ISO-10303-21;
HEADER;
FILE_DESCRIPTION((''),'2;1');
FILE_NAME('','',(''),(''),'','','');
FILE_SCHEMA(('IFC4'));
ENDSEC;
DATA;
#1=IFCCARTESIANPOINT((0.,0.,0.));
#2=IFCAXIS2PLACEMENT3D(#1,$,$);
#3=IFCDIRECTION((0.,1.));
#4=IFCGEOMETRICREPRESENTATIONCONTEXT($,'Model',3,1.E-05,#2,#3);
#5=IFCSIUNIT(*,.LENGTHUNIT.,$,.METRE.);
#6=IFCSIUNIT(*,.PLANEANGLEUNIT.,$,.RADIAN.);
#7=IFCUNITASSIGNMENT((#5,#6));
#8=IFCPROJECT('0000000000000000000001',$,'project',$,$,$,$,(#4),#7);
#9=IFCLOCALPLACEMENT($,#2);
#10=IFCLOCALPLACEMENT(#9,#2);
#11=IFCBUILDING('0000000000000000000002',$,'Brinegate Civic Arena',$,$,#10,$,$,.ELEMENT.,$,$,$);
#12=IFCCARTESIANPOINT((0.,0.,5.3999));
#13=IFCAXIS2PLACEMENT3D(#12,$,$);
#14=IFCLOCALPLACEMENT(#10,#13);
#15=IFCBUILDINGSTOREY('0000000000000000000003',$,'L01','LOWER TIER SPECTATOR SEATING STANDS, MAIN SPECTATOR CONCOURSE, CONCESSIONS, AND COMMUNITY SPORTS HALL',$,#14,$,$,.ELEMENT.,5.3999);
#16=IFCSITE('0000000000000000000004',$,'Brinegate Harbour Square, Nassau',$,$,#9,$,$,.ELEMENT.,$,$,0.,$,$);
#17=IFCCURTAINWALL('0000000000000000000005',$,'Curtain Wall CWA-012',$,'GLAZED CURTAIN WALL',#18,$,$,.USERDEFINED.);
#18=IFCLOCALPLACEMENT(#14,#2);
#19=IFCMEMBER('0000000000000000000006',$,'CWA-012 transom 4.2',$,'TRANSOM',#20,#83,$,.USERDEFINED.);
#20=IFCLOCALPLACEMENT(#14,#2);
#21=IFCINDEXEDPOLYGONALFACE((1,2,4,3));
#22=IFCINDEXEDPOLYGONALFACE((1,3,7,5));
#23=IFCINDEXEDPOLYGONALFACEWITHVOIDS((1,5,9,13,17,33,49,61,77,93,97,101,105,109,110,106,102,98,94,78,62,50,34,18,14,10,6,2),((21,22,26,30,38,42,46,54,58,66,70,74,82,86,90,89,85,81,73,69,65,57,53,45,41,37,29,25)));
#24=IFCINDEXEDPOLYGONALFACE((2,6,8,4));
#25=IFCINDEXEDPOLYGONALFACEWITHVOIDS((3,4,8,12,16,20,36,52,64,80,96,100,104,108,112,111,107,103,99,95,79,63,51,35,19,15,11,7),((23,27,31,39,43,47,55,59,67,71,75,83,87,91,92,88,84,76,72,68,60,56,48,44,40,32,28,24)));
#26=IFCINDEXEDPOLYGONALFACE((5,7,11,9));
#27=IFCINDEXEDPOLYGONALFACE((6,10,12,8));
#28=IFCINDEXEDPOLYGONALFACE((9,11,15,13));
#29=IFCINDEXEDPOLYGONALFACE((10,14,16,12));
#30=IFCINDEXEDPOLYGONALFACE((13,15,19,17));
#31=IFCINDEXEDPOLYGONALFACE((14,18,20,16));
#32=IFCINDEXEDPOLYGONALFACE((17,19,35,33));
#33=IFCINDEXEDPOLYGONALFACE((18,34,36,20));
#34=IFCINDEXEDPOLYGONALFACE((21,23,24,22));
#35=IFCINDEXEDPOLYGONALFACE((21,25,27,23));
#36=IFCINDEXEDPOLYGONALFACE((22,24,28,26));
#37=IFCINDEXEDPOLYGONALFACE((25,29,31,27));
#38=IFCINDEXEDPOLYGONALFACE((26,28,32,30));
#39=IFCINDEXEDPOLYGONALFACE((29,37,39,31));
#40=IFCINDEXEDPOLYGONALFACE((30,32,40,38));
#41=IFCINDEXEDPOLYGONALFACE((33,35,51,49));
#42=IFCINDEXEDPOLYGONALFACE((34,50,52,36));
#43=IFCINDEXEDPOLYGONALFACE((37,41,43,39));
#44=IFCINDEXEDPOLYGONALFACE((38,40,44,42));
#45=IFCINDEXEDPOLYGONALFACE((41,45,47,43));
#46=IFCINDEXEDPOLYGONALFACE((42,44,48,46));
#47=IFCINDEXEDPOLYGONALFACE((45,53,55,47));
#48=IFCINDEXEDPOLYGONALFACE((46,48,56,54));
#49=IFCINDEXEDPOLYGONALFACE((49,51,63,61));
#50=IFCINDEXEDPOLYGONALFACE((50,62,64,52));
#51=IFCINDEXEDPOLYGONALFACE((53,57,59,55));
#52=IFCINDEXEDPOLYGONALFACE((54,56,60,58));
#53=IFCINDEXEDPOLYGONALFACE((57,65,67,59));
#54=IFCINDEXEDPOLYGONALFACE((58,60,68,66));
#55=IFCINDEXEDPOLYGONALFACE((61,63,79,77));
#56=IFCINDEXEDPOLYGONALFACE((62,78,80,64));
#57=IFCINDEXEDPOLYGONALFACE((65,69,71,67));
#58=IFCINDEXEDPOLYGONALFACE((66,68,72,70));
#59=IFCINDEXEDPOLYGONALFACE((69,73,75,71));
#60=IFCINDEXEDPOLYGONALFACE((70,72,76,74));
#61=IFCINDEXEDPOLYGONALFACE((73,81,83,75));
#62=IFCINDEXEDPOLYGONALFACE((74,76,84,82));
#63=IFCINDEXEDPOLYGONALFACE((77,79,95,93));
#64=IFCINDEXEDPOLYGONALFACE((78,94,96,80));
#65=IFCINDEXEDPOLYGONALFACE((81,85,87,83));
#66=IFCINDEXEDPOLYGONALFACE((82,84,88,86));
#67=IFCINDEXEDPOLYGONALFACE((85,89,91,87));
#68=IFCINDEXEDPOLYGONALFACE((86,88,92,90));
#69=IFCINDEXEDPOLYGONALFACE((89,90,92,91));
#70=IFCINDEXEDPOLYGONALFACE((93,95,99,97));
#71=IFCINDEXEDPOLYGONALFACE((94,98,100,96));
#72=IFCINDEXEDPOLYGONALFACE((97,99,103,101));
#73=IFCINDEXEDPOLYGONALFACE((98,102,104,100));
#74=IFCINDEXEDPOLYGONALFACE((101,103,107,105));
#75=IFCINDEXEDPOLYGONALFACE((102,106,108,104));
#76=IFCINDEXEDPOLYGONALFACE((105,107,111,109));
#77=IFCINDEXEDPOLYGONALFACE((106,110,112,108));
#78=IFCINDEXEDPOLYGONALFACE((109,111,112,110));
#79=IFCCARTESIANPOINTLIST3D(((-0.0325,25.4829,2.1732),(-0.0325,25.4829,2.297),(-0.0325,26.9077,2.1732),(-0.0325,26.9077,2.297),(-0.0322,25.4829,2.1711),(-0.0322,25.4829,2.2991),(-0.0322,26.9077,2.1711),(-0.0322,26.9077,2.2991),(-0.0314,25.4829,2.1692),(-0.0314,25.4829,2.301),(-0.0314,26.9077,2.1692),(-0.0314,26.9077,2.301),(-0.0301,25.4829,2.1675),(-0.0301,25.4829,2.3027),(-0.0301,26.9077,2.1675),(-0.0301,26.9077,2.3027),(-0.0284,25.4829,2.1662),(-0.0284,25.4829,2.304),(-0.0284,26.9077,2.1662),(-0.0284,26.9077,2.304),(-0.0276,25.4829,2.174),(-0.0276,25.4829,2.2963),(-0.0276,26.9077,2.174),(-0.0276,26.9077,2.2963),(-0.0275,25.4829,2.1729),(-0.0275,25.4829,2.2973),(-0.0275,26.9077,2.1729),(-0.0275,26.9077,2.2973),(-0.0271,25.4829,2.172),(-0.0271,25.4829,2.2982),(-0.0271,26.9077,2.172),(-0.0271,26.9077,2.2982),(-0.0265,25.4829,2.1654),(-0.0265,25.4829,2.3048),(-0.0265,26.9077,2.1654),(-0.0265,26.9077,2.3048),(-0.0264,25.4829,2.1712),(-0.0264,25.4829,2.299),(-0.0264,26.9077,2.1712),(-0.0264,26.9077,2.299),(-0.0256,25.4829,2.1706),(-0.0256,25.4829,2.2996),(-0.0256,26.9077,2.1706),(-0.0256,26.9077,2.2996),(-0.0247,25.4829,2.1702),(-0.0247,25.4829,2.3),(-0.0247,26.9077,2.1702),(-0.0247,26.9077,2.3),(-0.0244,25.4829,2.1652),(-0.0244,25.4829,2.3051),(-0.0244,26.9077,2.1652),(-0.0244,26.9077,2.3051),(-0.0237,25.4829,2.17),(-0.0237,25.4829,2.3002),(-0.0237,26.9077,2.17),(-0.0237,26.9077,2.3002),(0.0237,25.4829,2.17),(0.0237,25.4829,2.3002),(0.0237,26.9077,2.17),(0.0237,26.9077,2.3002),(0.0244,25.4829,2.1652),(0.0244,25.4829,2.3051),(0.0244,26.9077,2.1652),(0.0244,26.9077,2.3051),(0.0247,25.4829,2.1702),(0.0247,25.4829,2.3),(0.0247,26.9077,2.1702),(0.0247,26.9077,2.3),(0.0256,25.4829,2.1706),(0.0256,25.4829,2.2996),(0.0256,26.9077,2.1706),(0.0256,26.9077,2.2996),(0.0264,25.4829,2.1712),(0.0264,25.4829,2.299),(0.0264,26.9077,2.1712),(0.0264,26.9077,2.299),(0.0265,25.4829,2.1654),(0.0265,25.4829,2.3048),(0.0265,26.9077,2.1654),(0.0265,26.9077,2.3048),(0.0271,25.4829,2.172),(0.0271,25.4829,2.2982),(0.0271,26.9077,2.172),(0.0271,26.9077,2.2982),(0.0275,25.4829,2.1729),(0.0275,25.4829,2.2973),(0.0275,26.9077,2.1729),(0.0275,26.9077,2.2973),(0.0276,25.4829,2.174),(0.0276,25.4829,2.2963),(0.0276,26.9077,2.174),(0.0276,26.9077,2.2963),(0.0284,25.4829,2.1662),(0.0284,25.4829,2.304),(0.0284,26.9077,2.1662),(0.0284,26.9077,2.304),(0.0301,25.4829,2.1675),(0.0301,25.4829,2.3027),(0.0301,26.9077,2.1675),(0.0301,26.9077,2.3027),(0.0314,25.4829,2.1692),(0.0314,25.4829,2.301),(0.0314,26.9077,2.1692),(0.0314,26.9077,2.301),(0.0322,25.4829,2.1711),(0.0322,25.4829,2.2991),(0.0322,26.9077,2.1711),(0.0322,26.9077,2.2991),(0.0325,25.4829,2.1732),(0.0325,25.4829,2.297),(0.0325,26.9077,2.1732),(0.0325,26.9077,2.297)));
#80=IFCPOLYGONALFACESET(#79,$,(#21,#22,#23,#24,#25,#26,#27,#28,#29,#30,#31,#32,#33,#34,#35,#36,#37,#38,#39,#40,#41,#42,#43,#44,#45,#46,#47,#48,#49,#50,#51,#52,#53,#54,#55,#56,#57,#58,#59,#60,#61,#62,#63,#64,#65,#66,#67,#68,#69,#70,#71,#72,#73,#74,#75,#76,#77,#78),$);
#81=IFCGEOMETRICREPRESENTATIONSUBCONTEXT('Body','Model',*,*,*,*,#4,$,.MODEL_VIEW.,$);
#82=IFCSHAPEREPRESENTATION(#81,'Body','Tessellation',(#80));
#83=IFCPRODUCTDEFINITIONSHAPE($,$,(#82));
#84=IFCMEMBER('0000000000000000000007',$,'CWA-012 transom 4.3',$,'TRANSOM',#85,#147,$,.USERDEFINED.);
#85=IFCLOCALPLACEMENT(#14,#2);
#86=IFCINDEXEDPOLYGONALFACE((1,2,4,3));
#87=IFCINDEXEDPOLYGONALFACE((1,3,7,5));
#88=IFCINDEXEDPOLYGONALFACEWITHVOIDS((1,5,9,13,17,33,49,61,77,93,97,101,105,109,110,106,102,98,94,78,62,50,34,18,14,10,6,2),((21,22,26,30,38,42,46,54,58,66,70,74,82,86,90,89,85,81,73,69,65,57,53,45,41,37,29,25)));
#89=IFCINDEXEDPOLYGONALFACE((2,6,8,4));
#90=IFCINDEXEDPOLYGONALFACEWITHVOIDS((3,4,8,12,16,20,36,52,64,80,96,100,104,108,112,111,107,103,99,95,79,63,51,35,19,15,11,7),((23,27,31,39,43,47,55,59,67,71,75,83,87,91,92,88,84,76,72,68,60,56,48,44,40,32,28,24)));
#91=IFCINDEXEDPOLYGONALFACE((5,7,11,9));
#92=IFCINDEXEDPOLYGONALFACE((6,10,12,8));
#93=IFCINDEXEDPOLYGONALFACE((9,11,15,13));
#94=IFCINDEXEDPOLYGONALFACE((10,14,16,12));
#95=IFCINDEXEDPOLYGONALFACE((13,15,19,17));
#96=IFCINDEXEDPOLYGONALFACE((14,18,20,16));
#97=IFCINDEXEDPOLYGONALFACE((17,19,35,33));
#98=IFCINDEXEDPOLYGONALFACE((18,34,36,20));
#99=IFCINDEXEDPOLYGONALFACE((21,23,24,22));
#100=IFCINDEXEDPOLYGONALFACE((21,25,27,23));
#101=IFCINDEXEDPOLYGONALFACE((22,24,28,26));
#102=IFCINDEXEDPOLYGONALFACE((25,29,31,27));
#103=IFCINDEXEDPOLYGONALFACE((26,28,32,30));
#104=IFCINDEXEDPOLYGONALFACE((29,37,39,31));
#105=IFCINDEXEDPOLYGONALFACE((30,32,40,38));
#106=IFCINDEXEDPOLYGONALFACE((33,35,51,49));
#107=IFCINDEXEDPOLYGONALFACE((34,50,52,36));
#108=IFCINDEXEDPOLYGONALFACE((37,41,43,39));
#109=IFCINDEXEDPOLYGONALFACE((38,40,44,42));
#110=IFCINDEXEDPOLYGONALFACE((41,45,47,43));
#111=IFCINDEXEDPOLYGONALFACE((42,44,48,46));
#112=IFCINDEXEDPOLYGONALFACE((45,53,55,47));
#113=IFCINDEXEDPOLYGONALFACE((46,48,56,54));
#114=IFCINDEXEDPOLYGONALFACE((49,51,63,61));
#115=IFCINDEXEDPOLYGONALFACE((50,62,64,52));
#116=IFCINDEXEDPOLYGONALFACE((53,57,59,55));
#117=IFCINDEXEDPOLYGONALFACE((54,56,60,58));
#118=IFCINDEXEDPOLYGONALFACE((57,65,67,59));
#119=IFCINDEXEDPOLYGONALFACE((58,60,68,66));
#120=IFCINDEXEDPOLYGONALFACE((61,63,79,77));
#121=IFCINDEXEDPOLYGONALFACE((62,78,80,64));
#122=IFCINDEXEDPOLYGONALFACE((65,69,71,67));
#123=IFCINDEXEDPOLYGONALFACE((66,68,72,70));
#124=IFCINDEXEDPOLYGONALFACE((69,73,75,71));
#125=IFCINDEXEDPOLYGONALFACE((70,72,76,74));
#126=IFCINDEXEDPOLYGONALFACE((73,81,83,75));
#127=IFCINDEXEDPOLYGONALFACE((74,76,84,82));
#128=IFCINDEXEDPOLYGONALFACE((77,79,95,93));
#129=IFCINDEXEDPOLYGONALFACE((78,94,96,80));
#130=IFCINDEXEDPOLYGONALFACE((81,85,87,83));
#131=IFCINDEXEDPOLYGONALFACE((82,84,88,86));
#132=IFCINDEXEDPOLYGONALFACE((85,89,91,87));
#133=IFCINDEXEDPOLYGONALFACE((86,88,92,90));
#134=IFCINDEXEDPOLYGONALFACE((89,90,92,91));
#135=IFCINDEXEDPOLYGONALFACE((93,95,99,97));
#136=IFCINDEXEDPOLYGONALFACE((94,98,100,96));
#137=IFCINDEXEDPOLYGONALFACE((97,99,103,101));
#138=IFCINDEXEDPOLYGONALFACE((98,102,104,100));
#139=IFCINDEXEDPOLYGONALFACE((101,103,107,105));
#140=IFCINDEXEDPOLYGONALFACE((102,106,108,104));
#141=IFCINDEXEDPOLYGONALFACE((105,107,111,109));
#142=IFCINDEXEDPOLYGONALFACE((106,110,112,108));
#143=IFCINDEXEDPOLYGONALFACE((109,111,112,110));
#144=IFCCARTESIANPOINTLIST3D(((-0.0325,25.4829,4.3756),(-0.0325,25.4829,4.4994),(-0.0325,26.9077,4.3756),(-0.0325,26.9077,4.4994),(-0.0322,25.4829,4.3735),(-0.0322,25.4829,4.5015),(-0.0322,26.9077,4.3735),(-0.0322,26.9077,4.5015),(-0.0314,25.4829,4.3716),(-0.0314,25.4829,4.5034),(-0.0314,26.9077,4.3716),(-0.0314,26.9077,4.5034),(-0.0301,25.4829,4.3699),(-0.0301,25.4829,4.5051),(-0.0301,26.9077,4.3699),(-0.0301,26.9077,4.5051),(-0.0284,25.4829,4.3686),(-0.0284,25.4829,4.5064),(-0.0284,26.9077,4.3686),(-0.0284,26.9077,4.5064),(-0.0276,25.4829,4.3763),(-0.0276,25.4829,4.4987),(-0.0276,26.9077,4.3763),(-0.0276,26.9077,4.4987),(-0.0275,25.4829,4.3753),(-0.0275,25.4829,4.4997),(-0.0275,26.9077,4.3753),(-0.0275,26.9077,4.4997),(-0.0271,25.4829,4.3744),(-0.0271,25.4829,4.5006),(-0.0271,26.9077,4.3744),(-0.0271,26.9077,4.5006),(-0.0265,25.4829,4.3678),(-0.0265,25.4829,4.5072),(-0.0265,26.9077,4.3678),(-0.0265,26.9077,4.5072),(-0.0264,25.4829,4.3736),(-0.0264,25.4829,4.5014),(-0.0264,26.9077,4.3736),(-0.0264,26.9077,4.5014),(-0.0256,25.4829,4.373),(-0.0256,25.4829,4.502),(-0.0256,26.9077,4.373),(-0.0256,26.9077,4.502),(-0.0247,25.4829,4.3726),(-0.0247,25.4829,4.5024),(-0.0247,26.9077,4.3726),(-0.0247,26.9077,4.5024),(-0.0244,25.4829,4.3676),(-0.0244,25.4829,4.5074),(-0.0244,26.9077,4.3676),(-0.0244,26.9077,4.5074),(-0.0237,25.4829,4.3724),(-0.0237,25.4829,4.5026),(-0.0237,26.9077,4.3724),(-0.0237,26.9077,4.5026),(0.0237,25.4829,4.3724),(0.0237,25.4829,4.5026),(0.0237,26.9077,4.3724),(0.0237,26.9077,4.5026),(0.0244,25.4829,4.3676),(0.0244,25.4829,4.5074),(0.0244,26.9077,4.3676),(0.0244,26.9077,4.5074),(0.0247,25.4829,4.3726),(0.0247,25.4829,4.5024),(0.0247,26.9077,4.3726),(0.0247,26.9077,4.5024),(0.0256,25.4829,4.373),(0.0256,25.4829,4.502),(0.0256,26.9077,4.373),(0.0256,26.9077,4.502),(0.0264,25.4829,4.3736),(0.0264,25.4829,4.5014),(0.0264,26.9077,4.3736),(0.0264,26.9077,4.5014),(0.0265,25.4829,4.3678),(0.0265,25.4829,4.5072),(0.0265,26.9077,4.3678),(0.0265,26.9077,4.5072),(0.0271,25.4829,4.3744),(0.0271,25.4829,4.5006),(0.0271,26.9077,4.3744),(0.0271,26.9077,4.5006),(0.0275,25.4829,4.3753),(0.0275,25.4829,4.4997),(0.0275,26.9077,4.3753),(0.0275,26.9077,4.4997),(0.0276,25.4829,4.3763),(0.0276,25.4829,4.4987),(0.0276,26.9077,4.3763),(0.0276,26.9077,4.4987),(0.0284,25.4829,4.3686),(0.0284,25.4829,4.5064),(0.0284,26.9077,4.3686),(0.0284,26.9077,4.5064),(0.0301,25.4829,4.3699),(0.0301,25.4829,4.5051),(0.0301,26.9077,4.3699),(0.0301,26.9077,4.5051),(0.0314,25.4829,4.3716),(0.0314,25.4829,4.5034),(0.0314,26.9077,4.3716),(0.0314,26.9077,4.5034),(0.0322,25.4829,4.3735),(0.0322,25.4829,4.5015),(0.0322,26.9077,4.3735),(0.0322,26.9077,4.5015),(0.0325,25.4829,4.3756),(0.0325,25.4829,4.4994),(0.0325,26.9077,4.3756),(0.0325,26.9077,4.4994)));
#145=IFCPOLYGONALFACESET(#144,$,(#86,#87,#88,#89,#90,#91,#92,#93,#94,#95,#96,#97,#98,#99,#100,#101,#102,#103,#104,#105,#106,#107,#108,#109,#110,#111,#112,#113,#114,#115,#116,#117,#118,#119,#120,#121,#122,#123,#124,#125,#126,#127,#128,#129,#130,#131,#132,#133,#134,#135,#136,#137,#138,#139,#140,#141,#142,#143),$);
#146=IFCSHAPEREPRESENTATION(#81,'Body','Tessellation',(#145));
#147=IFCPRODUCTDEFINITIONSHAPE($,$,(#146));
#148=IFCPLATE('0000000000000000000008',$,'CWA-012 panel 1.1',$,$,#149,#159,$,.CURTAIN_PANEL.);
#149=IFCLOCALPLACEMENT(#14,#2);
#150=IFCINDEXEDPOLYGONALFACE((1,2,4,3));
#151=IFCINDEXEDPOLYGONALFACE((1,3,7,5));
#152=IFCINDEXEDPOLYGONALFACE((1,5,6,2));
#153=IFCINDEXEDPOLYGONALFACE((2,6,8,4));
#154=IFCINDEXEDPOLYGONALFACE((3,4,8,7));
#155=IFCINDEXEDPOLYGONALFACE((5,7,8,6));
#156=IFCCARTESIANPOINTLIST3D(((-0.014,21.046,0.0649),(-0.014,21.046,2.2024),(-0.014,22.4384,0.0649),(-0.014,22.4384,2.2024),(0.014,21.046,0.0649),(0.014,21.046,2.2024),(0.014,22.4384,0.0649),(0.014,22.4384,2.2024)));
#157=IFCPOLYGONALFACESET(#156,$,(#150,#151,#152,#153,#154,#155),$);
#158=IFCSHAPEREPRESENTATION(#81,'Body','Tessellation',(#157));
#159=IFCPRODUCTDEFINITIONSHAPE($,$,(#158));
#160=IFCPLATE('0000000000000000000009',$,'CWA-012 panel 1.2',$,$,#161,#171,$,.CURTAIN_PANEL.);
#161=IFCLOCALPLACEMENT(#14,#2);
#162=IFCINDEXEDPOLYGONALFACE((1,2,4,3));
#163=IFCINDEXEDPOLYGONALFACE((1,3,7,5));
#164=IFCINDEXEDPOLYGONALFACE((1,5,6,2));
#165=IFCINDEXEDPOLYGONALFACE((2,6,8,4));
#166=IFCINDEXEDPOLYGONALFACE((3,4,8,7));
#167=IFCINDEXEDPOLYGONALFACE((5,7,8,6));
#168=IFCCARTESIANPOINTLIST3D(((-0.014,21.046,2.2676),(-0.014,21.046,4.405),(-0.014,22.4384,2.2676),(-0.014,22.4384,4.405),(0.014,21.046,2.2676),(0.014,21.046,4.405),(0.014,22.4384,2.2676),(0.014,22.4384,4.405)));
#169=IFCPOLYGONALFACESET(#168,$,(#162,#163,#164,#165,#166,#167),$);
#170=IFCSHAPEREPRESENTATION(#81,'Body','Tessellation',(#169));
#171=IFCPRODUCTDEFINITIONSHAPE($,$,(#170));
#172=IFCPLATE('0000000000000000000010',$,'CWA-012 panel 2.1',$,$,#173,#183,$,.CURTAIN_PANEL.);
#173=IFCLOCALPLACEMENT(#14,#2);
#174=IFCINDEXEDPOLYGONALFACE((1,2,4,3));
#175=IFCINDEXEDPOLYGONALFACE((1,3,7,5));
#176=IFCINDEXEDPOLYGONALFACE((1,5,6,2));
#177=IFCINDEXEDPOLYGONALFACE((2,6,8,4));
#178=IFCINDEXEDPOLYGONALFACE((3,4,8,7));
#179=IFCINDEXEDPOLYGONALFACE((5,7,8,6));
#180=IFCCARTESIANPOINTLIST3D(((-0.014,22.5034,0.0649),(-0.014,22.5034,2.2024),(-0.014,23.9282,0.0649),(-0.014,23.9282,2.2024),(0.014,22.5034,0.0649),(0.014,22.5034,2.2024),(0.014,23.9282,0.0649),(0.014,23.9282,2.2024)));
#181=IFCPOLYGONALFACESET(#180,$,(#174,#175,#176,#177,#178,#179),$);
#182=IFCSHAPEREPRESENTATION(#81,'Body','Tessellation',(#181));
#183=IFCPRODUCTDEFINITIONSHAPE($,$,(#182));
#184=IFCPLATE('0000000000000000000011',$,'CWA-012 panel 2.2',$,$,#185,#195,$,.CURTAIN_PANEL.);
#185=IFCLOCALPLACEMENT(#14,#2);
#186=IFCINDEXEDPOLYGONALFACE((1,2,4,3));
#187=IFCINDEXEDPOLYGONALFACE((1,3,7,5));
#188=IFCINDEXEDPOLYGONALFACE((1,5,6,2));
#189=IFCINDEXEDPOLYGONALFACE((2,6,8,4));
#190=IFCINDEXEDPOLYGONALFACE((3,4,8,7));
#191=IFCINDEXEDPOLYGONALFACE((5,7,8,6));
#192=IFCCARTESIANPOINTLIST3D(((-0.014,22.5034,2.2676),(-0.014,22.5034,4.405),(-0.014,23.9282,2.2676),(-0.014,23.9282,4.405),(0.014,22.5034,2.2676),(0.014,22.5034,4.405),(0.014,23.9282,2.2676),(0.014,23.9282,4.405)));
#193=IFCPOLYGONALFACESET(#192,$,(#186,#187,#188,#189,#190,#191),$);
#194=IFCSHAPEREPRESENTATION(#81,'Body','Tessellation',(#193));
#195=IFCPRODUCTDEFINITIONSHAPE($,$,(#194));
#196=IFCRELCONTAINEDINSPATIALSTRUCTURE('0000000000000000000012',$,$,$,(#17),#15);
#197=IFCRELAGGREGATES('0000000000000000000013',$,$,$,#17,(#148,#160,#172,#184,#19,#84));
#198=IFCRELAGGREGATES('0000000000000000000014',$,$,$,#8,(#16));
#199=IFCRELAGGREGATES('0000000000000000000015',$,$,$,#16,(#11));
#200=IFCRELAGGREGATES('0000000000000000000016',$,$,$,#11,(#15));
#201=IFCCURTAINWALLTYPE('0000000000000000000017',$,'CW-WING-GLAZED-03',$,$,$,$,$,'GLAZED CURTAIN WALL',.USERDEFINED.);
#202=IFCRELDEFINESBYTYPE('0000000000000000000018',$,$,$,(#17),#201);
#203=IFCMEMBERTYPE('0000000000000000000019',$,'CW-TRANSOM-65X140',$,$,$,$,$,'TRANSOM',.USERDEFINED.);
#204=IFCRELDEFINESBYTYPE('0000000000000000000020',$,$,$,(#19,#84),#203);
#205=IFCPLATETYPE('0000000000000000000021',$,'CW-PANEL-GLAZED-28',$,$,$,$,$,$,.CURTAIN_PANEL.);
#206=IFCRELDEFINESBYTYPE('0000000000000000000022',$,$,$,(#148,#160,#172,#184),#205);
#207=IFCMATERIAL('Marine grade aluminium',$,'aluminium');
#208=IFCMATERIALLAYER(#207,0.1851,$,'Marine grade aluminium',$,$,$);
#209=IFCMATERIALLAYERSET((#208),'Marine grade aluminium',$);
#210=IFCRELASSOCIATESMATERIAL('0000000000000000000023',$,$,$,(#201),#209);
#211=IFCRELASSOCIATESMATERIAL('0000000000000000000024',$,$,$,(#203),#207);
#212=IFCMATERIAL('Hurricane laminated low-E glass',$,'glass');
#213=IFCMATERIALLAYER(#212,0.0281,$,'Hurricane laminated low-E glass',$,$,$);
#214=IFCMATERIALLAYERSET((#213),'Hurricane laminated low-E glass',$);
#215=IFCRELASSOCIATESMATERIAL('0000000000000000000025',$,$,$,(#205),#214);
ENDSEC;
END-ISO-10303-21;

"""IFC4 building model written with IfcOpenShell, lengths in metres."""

from ifc_helpers import new_model, si_unit, direction, frame, origin, origin_2d, place, context, subcontext, project, spatial, rectangle, hollow_rectangle, extrude, material, layer, layer_set, material_profile, profile_set, type_object, element, aggregate, save


model = new_model("IFC4")

# Units and contexts
model_context = context("Model", 3, precision=1e-05, world=origin(), true_north=direction((0.0, 1.0)))
body_context = subcontext(model_context, "Body", "Model", "MODEL_VIEW")
ifc_project = project(units=[si_unit("LENGTHUNIT", "METRE"), si_unit("PLANEANGLEUNIT", "RADIAN")], contexts=[model_context])

# Site, building, storey
site_placement = place(None, origin())
site = spatial("IfcSite", under=ifc_project, at=site_placement, Name="Brinegate Harbour Square, Nassau", CompositionType="ELEMENT", RefElevation=0.0)
building_placement = place(site_placement, origin())
building = spatial("IfcBuilding", under=site, at=building_placement, Name="Brinegate Civic Arena", CompositionType="ELEMENT")
storey_placement = place(building_placement, frame((0.0, 0.0, 5.3999)))
storey = spatial("IfcBuildingStorey", under=building, at=storey_placement, Name="L01", Description="LOWER TIER SPECTATOR SEATING STANDS, MAIN SPECTATOR CONCOURSE, CONCESSIONS, AND COMMUNITY SPORTS HALL", CompositionType="ELEMENT", Elevation=5.3999)

# Curtain wall, members, plates
ifc_material_1 = material(Name="Marine grade aluminium", Category="aluminium")
ifc_layer_1 = layer(ifc_material_1, 0.1851, Name="Marine grade aluminium")
ifc_layer_set_1 = layer_set([ifc_layer_1], Name="Marine grade aluminium")
curtain_wall_type = type_object("IfcCurtainWallType", Name="CW-WING-GLAZED-03", ElementType="GLAZED CURTAIN WALL", PredefinedType="USERDEFINED", material=ifc_layer_set_1)
curtain_wall_placement = place(storey_placement, origin())
curtain_wall = element("IfcCurtainWall", 1, at=curtain_wall_placement, inside=storey, type_object=curtain_wall_type, Name="Curtain Wall CWA-012", ObjectType="GLAZED CURTAIN WALL", PredefinedType="USERDEFINED")
ifc_material_profile_1 = material_profile(ifc_material_1, hollow_rectangle(XDim=0.0649, YDim=0.1399, WallThickness=0.0049, InnerFilletRadius=0.0039, OuterFilletRadius=0.0081, at=origin_2d()), Name="TRN65X140")
ifc_profile_set_1 = profile_set([ifc_material_profile_1], Name="Marine grade aluminium")
member_type_1 = type_object("IfcMemberType", Name="CW-TRANSOM-65X140", ElementType="TRANSOM", PredefinedType="USERDEFINED", material=ifc_profile_set_1)
member_1_placement = place(storey_placement, frame((0.0, 25.4829, 2.2351), z_axis=(0.0, 1.0, 0.0), x_axis=(-1.0, 0.0, 0.0)))
member_1 = element("IfcMember", 2, at=member_1_placement, type_object=member_type_1, Name="CWA-012 transom 4.2", ObjectType="TRANSOM", PredefinedType="USERDEFINED", context=body_context, shape_type="SweptSolid", body=[
    extrude(hollow_rectangle(XDim=0.0649, YDim=0.1399, WallThickness=0.0049, InnerFilletRadius=0.0039, OuterFilletRadius=0.0081, at=origin_2d()), origin(), (0.0, 0.0, 1.0), 1.4248),
])
member_2_placement = place(storey_placement, frame((0.0, 25.4829, 4.4375), z_axis=(0.0, 1.0, 0.0), x_axis=(-1.0, 0.0, 0.0)))
member_2 = element("IfcMember", 3, at=member_2_placement, type_object=member_type_1, Name="CWA-012 transom 4.3", ObjectType="TRANSOM", PredefinedType="USERDEFINED", context=body_context, shape_type="SweptSolid", body=[
    extrude(hollow_rectangle(XDim=0.0649, YDim=0.1399, WallThickness=0.0049, InnerFilletRadius=0.0039, OuterFilletRadius=0.0081, at=origin_2d()), origin(), (0.0, 0.0, 1.0), 1.4248),
])
ifc_material_2 = material(Name="Hurricane laminated low-E glass", Category="glass")
ifc_layer_2 = layer(ifc_material_2, 0.0281, Name="Hurricane laminated low-E glass")
ifc_layer_set_2 = layer_set([ifc_layer_2], Name="Hurricane laminated low-E glass")
plate_type = type_object("IfcPlateType", Name="CW-PANEL-GLAZED-28", PredefinedType="CURTAIN_PANEL", material=ifc_layer_set_2)
plate_1_placement = place(storey_placement, frame((0.0, 21.7422, 0.0649), z_axis=(0.0, 0.0, 1.0), x_axis=(0.0, 1.0, 0.0)))
plate_1 = element("IfcPlate", 4, at=plate_1_placement, type_object=plate_type, Name="CWA-012 panel 1.1", PredefinedType="CURTAIN_PANEL", context=body_context, shape_type="SweptSolid", body=[
    extrude(rectangle(XDim=1.3923, YDim=0.0281, at=origin_2d()), origin(), (0.0, 0.0, 1.0), 2.1375),
])
plate_2_placement = place(storey_placement, frame((0.0, 21.7422, 2.2676), z_axis=(0.0, 0.0, 1.0), x_axis=(0.0, 1.0, 0.0)))
plate_2 = element("IfcPlate", 5, at=plate_2_placement, type_object=plate_type, Name="CWA-012 panel 1.2", PredefinedType="CURTAIN_PANEL", context=body_context, shape_type="SweptSolid", body=[
    extrude(rectangle(XDim=1.3923, YDim=0.0281, at=origin_2d()), origin(), (0.0, 0.0, 1.0), 2.1375),
])
plate_3_placement = place(storey_placement, frame((0.0, 23.2158, 0.0649), z_axis=(0.0, 0.0, 1.0), x_axis=(0.0, 1.0, 0.0)))
plate_3 = element("IfcPlate", 6, at=plate_3_placement, type_object=plate_type, Name="CWA-012 panel 2.1", PredefinedType="CURTAIN_PANEL", context=body_context, shape_type="SweptSolid", body=[
    extrude(rectangle(XDim=1.4248, YDim=0.0281, at=origin_2d()), origin(), (0.0, 0.0, 1.0), 2.1375),
])
plate_4_placement = place(storey_placement, frame((0.0, 23.2158, 2.2676), z_axis=(0.0, 0.0, 1.0), x_axis=(0.0, 1.0, 0.0)))
plate_4 = element("IfcPlate", 7, at=plate_4_placement, type_object=plate_type, Name="CWA-012 panel 2.2", PredefinedType="CURTAIN_PANEL", context=body_context, shape_type="SweptSolid", body=[
    extrude(rectangle(XDim=1.4248, YDim=0.0281, at=origin_2d()), origin(), (0.0, 0.0, 1.0), 2.1375),
])
aggregate(curtain_wall, [plate_1, plate_2, plate_3, plate_4, member_1, member_2])

save(model, "model.ifc")
